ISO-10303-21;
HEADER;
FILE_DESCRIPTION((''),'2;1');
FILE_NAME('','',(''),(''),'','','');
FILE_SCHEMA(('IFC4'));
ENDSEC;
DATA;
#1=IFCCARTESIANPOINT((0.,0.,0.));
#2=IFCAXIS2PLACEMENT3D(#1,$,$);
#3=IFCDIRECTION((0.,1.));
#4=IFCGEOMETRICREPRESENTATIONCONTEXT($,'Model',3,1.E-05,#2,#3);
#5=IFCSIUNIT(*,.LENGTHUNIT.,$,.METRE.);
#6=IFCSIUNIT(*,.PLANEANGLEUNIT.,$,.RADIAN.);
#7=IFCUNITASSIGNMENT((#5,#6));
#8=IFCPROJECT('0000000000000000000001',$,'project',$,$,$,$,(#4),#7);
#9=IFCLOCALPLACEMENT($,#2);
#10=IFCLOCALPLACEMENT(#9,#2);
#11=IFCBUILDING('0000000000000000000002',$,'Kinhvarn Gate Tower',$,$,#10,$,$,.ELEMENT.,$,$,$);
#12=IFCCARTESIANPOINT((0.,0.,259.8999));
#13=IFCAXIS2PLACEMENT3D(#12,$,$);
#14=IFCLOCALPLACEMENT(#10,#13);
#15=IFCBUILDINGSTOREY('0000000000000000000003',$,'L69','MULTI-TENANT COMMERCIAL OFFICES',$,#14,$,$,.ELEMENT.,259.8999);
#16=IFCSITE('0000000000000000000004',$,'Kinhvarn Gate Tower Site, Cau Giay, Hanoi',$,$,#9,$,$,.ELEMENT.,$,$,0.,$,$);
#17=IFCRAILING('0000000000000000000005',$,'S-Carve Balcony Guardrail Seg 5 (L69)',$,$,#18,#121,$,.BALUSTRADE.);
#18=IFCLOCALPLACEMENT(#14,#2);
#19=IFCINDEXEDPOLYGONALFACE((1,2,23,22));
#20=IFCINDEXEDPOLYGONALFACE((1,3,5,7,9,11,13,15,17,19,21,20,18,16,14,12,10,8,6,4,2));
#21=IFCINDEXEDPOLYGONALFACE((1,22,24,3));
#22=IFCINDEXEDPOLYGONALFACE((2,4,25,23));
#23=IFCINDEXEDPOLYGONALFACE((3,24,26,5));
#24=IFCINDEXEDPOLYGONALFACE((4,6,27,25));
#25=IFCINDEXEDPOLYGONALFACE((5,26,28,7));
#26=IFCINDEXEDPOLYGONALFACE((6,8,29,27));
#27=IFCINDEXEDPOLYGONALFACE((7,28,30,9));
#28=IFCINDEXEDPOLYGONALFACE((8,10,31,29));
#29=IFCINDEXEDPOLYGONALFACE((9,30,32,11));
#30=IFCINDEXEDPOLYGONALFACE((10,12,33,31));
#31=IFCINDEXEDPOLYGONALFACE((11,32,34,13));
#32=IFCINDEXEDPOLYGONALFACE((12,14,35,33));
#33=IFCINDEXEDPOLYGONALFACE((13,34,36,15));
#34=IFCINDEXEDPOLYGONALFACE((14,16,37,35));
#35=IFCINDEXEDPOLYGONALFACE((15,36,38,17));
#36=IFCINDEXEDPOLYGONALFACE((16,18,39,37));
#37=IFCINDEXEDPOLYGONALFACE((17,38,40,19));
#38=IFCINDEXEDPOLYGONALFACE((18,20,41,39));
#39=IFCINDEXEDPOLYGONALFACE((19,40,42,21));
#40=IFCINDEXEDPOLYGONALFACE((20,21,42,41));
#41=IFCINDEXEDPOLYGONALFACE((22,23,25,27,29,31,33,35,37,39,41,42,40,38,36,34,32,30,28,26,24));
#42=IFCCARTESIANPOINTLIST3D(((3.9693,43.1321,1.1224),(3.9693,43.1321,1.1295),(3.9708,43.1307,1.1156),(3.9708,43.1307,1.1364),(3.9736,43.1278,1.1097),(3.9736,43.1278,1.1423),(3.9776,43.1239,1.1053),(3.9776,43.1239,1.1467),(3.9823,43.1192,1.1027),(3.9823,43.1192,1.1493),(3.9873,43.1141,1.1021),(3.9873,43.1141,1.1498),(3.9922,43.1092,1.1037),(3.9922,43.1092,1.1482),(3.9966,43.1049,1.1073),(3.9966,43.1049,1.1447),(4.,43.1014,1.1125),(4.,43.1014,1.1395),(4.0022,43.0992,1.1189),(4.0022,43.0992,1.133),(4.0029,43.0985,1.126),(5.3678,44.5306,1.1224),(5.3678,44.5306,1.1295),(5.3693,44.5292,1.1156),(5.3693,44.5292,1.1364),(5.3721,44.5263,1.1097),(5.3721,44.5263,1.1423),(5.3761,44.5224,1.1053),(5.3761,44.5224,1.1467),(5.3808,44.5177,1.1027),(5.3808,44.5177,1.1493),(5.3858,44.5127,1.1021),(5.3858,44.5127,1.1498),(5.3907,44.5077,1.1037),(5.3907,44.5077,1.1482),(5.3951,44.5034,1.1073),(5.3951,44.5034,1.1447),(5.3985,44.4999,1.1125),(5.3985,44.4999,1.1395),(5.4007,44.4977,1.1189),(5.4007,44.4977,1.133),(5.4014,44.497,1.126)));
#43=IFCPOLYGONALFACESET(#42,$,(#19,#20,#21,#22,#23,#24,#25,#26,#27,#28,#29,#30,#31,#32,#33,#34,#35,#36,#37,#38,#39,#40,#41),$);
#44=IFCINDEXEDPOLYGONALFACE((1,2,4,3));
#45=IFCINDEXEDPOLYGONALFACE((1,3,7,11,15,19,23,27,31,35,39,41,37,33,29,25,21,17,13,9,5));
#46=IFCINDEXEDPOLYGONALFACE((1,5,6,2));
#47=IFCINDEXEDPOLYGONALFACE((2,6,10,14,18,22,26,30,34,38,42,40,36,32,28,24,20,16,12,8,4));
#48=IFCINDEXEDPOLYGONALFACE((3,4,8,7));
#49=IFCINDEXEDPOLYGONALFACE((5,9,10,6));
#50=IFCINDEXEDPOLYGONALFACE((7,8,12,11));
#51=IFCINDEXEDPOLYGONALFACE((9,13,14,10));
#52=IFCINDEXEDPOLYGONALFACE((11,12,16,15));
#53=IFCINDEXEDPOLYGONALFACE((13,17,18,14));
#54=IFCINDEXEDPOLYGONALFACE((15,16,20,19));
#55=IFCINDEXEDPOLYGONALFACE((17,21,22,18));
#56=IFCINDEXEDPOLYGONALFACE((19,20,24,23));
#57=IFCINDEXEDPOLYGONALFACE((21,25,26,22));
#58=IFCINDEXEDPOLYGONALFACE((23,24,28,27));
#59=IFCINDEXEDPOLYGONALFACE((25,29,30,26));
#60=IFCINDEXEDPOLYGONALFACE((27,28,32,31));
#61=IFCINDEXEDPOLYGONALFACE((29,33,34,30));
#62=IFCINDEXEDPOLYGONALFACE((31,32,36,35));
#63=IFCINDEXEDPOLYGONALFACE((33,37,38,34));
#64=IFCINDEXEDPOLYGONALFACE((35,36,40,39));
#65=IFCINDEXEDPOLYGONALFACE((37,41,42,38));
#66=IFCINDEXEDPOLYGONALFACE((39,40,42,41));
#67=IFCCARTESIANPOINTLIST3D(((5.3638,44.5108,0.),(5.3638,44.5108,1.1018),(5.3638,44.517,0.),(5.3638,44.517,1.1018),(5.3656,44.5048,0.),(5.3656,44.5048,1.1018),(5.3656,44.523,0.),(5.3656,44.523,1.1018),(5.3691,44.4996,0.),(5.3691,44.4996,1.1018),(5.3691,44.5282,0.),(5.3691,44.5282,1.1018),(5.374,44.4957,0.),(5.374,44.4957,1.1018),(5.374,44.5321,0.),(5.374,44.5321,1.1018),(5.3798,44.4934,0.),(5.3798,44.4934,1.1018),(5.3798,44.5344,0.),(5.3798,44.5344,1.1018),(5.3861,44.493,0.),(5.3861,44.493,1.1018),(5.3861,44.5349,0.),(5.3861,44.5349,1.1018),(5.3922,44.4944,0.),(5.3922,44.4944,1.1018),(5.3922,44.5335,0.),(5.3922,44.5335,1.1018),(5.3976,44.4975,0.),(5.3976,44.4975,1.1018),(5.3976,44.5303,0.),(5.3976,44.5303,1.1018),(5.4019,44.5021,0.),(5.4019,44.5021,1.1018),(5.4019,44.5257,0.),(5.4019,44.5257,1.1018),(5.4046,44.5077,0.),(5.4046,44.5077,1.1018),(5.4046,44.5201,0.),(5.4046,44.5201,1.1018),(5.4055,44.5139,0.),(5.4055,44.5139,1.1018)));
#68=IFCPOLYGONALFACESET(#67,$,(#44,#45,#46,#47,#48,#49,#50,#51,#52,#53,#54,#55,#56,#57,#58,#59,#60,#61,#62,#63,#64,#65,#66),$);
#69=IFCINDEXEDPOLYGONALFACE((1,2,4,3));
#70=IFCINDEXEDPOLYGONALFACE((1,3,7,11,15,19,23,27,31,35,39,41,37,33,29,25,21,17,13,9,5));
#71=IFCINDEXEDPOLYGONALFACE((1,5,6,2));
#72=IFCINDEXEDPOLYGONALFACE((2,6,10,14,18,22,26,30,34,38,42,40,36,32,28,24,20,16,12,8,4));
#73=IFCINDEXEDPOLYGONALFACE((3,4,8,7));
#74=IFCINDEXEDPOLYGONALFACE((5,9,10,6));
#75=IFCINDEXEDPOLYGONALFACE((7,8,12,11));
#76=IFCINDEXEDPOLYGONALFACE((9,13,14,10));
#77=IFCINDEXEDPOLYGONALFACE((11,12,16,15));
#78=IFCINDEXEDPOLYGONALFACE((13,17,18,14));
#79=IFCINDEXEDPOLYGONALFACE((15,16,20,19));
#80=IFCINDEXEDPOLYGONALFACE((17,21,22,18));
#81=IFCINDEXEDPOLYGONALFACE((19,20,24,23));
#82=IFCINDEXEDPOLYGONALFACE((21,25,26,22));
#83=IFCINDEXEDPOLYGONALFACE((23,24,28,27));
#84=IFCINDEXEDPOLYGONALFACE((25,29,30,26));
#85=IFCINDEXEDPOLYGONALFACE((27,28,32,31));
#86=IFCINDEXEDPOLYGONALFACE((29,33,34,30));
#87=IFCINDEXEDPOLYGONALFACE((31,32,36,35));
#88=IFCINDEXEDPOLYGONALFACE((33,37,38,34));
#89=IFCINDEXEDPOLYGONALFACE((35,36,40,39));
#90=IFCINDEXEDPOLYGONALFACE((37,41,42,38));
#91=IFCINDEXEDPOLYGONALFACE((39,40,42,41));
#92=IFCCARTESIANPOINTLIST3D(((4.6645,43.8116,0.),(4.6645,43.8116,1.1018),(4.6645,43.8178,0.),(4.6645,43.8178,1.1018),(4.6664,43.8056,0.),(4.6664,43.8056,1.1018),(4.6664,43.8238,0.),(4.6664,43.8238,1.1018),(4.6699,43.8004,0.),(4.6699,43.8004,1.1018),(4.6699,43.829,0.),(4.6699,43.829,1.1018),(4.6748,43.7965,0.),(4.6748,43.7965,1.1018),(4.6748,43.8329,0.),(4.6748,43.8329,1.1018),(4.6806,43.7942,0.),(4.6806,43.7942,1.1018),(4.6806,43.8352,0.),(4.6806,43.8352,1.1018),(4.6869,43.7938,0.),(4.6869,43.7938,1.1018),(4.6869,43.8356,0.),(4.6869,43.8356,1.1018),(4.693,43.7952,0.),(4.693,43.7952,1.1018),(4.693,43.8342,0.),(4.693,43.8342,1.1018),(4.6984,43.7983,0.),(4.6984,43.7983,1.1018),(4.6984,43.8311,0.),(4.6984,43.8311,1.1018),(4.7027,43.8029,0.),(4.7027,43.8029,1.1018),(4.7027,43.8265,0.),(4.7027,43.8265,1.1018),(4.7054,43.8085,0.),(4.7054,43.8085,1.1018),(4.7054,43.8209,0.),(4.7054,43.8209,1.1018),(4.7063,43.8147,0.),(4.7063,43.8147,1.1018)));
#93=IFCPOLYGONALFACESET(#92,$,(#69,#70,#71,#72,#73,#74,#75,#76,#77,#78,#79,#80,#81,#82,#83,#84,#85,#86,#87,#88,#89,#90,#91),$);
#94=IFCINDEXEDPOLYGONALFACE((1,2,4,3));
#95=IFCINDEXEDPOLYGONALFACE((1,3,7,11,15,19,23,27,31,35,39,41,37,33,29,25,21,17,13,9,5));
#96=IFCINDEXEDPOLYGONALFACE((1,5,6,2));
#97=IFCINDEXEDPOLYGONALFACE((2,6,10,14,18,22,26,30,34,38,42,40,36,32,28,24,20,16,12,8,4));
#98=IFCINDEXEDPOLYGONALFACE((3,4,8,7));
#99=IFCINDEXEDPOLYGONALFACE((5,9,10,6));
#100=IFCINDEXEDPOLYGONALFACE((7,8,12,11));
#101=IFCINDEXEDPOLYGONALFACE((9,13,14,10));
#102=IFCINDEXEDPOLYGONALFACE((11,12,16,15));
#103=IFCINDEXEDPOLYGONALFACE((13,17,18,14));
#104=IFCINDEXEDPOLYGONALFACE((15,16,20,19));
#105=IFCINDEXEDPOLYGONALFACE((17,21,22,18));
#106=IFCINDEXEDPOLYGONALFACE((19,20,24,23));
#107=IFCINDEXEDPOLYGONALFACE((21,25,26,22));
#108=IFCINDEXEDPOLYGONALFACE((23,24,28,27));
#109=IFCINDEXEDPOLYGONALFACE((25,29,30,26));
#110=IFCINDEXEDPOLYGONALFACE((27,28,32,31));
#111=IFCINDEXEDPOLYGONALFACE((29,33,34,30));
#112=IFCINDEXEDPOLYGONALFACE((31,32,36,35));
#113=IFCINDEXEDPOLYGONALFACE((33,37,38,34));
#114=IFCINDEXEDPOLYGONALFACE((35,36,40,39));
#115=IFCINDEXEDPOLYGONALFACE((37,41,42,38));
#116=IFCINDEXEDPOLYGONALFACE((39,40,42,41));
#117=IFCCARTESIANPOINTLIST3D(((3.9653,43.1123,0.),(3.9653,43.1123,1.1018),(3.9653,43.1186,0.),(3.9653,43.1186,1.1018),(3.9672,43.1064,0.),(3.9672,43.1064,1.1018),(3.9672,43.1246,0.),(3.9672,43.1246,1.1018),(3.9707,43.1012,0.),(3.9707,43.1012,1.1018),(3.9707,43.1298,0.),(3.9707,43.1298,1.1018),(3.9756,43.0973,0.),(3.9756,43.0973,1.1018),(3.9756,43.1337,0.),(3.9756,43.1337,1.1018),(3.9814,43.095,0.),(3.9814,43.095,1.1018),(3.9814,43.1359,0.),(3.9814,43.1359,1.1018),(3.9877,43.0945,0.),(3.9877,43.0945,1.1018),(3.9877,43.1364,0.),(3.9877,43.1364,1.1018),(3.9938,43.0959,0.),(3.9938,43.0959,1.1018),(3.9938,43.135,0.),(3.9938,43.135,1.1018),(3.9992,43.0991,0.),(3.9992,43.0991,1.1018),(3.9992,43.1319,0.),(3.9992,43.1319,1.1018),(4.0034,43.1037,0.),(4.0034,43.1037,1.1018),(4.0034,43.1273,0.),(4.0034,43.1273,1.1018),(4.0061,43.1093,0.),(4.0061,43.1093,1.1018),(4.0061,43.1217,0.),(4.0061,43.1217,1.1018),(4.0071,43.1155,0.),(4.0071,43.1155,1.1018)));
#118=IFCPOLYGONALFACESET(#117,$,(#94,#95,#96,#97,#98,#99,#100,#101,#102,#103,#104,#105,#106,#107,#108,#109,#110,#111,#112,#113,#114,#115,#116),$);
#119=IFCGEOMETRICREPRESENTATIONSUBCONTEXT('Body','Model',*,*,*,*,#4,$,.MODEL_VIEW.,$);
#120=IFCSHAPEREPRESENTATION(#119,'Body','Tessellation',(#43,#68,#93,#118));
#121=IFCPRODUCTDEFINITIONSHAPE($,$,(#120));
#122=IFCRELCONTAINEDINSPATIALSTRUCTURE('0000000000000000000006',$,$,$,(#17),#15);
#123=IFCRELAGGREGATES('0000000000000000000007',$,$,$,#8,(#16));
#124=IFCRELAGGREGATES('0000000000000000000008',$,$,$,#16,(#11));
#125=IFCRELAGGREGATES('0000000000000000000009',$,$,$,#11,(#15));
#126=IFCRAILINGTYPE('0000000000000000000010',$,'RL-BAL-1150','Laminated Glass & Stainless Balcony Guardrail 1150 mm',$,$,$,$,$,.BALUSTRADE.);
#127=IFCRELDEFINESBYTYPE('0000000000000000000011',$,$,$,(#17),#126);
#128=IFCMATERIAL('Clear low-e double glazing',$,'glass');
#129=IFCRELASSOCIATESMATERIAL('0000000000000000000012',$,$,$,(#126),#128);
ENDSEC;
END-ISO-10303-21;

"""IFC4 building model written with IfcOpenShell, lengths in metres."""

from ifc_helpers import new_model, si_unit, direction, frame, origin, origin_2d, place, context, subcontext, project, spatial, circle, extrude, material, type_object, element, save


model = new_model("IFC4")

# Units and contexts
model_context = context("Model", 3, precision=1e-05, world=origin(), true_north=direction((0.0, 1.0)))
body_context = subcontext(model_context, "Body", "Model", "MODEL_VIEW")
ifc_project = project(units=[si_unit("LENGTHUNIT", "METRE"), si_unit("PLANEANGLEUNIT", "RADIAN")], contexts=[model_context])

# Site, building, storey
site_placement = place(None, origin())
site = spatial("IfcSite", under=ifc_project, at=site_placement, Name="Kinhvarn Gate Tower Site, Cau Giay, Hanoi", CompositionType="ELEMENT", RefElevation=0.0)
building_placement = place(site_placement, origin())
building = spatial("IfcBuilding", under=site, at=building_placement, Name="Kinhvarn Gate Tower", CompositionType="ELEMENT")
storey_placement = place(building_placement, frame((0.0, 0.0, 259.8999)))
storey = spatial("IfcBuildingStorey", under=building, at=storey_placement, Name="L69", Description="MULTI-TENANT COMMERCIAL OFFICES", CompositionType="ELEMENT", Elevation=259.8999)

# Shared definitions
ifc_material_1 = material(Name="Clear low-e double glazing", Category="glass")

# Railing
railing_type = type_object("IfcRailingType", Name="RL-BAL-1150", Description="Laminated Glass & Stainless Balcony Guardrail 1150 mm", PredefinedType="BALUSTRADE", material=ifc_material_1)
railing_1_placement = place(storey_placement, frame((5.3845, 44.5139, 0.0)))
element("IfcRailing", 1, at=railing_1_placement, inside=storey, type_object=railing_type, Name="S-Carve Balcony Guardrail Seg 5 (L69)", PredefinedType="BALUSTRADE", context=body_context, shape_type="SweptSolid", body=[
    extrude(circle(Radius=0.0239, at=origin_2d()), frame((0.0, 0.0, 1.126), z_axis=(-0.707107, -0.707107, 0.0), x_axis=(0.707107, -0.707107, 0.0)), (0.0, 0.0, 1.0), 1.9778),
    extrude(circle(Radius=0.021, at=origin_2d()), origin(), (0.0, 0.0, 1.0), 1.1018),
    extrude(circle(Radius=0.021, at=origin_2d()), frame((-0.6992, -0.6992, 0.0)), (0.0, 0.0, 1.0), 1.1018),
    extrude(circle(Radius=0.021, at=origin_2d()), frame((-1.3984, -1.3984, 0.0)), (0.0, 0.0, 1.0), 1.1018),
])

save(model, "model.ifc")
